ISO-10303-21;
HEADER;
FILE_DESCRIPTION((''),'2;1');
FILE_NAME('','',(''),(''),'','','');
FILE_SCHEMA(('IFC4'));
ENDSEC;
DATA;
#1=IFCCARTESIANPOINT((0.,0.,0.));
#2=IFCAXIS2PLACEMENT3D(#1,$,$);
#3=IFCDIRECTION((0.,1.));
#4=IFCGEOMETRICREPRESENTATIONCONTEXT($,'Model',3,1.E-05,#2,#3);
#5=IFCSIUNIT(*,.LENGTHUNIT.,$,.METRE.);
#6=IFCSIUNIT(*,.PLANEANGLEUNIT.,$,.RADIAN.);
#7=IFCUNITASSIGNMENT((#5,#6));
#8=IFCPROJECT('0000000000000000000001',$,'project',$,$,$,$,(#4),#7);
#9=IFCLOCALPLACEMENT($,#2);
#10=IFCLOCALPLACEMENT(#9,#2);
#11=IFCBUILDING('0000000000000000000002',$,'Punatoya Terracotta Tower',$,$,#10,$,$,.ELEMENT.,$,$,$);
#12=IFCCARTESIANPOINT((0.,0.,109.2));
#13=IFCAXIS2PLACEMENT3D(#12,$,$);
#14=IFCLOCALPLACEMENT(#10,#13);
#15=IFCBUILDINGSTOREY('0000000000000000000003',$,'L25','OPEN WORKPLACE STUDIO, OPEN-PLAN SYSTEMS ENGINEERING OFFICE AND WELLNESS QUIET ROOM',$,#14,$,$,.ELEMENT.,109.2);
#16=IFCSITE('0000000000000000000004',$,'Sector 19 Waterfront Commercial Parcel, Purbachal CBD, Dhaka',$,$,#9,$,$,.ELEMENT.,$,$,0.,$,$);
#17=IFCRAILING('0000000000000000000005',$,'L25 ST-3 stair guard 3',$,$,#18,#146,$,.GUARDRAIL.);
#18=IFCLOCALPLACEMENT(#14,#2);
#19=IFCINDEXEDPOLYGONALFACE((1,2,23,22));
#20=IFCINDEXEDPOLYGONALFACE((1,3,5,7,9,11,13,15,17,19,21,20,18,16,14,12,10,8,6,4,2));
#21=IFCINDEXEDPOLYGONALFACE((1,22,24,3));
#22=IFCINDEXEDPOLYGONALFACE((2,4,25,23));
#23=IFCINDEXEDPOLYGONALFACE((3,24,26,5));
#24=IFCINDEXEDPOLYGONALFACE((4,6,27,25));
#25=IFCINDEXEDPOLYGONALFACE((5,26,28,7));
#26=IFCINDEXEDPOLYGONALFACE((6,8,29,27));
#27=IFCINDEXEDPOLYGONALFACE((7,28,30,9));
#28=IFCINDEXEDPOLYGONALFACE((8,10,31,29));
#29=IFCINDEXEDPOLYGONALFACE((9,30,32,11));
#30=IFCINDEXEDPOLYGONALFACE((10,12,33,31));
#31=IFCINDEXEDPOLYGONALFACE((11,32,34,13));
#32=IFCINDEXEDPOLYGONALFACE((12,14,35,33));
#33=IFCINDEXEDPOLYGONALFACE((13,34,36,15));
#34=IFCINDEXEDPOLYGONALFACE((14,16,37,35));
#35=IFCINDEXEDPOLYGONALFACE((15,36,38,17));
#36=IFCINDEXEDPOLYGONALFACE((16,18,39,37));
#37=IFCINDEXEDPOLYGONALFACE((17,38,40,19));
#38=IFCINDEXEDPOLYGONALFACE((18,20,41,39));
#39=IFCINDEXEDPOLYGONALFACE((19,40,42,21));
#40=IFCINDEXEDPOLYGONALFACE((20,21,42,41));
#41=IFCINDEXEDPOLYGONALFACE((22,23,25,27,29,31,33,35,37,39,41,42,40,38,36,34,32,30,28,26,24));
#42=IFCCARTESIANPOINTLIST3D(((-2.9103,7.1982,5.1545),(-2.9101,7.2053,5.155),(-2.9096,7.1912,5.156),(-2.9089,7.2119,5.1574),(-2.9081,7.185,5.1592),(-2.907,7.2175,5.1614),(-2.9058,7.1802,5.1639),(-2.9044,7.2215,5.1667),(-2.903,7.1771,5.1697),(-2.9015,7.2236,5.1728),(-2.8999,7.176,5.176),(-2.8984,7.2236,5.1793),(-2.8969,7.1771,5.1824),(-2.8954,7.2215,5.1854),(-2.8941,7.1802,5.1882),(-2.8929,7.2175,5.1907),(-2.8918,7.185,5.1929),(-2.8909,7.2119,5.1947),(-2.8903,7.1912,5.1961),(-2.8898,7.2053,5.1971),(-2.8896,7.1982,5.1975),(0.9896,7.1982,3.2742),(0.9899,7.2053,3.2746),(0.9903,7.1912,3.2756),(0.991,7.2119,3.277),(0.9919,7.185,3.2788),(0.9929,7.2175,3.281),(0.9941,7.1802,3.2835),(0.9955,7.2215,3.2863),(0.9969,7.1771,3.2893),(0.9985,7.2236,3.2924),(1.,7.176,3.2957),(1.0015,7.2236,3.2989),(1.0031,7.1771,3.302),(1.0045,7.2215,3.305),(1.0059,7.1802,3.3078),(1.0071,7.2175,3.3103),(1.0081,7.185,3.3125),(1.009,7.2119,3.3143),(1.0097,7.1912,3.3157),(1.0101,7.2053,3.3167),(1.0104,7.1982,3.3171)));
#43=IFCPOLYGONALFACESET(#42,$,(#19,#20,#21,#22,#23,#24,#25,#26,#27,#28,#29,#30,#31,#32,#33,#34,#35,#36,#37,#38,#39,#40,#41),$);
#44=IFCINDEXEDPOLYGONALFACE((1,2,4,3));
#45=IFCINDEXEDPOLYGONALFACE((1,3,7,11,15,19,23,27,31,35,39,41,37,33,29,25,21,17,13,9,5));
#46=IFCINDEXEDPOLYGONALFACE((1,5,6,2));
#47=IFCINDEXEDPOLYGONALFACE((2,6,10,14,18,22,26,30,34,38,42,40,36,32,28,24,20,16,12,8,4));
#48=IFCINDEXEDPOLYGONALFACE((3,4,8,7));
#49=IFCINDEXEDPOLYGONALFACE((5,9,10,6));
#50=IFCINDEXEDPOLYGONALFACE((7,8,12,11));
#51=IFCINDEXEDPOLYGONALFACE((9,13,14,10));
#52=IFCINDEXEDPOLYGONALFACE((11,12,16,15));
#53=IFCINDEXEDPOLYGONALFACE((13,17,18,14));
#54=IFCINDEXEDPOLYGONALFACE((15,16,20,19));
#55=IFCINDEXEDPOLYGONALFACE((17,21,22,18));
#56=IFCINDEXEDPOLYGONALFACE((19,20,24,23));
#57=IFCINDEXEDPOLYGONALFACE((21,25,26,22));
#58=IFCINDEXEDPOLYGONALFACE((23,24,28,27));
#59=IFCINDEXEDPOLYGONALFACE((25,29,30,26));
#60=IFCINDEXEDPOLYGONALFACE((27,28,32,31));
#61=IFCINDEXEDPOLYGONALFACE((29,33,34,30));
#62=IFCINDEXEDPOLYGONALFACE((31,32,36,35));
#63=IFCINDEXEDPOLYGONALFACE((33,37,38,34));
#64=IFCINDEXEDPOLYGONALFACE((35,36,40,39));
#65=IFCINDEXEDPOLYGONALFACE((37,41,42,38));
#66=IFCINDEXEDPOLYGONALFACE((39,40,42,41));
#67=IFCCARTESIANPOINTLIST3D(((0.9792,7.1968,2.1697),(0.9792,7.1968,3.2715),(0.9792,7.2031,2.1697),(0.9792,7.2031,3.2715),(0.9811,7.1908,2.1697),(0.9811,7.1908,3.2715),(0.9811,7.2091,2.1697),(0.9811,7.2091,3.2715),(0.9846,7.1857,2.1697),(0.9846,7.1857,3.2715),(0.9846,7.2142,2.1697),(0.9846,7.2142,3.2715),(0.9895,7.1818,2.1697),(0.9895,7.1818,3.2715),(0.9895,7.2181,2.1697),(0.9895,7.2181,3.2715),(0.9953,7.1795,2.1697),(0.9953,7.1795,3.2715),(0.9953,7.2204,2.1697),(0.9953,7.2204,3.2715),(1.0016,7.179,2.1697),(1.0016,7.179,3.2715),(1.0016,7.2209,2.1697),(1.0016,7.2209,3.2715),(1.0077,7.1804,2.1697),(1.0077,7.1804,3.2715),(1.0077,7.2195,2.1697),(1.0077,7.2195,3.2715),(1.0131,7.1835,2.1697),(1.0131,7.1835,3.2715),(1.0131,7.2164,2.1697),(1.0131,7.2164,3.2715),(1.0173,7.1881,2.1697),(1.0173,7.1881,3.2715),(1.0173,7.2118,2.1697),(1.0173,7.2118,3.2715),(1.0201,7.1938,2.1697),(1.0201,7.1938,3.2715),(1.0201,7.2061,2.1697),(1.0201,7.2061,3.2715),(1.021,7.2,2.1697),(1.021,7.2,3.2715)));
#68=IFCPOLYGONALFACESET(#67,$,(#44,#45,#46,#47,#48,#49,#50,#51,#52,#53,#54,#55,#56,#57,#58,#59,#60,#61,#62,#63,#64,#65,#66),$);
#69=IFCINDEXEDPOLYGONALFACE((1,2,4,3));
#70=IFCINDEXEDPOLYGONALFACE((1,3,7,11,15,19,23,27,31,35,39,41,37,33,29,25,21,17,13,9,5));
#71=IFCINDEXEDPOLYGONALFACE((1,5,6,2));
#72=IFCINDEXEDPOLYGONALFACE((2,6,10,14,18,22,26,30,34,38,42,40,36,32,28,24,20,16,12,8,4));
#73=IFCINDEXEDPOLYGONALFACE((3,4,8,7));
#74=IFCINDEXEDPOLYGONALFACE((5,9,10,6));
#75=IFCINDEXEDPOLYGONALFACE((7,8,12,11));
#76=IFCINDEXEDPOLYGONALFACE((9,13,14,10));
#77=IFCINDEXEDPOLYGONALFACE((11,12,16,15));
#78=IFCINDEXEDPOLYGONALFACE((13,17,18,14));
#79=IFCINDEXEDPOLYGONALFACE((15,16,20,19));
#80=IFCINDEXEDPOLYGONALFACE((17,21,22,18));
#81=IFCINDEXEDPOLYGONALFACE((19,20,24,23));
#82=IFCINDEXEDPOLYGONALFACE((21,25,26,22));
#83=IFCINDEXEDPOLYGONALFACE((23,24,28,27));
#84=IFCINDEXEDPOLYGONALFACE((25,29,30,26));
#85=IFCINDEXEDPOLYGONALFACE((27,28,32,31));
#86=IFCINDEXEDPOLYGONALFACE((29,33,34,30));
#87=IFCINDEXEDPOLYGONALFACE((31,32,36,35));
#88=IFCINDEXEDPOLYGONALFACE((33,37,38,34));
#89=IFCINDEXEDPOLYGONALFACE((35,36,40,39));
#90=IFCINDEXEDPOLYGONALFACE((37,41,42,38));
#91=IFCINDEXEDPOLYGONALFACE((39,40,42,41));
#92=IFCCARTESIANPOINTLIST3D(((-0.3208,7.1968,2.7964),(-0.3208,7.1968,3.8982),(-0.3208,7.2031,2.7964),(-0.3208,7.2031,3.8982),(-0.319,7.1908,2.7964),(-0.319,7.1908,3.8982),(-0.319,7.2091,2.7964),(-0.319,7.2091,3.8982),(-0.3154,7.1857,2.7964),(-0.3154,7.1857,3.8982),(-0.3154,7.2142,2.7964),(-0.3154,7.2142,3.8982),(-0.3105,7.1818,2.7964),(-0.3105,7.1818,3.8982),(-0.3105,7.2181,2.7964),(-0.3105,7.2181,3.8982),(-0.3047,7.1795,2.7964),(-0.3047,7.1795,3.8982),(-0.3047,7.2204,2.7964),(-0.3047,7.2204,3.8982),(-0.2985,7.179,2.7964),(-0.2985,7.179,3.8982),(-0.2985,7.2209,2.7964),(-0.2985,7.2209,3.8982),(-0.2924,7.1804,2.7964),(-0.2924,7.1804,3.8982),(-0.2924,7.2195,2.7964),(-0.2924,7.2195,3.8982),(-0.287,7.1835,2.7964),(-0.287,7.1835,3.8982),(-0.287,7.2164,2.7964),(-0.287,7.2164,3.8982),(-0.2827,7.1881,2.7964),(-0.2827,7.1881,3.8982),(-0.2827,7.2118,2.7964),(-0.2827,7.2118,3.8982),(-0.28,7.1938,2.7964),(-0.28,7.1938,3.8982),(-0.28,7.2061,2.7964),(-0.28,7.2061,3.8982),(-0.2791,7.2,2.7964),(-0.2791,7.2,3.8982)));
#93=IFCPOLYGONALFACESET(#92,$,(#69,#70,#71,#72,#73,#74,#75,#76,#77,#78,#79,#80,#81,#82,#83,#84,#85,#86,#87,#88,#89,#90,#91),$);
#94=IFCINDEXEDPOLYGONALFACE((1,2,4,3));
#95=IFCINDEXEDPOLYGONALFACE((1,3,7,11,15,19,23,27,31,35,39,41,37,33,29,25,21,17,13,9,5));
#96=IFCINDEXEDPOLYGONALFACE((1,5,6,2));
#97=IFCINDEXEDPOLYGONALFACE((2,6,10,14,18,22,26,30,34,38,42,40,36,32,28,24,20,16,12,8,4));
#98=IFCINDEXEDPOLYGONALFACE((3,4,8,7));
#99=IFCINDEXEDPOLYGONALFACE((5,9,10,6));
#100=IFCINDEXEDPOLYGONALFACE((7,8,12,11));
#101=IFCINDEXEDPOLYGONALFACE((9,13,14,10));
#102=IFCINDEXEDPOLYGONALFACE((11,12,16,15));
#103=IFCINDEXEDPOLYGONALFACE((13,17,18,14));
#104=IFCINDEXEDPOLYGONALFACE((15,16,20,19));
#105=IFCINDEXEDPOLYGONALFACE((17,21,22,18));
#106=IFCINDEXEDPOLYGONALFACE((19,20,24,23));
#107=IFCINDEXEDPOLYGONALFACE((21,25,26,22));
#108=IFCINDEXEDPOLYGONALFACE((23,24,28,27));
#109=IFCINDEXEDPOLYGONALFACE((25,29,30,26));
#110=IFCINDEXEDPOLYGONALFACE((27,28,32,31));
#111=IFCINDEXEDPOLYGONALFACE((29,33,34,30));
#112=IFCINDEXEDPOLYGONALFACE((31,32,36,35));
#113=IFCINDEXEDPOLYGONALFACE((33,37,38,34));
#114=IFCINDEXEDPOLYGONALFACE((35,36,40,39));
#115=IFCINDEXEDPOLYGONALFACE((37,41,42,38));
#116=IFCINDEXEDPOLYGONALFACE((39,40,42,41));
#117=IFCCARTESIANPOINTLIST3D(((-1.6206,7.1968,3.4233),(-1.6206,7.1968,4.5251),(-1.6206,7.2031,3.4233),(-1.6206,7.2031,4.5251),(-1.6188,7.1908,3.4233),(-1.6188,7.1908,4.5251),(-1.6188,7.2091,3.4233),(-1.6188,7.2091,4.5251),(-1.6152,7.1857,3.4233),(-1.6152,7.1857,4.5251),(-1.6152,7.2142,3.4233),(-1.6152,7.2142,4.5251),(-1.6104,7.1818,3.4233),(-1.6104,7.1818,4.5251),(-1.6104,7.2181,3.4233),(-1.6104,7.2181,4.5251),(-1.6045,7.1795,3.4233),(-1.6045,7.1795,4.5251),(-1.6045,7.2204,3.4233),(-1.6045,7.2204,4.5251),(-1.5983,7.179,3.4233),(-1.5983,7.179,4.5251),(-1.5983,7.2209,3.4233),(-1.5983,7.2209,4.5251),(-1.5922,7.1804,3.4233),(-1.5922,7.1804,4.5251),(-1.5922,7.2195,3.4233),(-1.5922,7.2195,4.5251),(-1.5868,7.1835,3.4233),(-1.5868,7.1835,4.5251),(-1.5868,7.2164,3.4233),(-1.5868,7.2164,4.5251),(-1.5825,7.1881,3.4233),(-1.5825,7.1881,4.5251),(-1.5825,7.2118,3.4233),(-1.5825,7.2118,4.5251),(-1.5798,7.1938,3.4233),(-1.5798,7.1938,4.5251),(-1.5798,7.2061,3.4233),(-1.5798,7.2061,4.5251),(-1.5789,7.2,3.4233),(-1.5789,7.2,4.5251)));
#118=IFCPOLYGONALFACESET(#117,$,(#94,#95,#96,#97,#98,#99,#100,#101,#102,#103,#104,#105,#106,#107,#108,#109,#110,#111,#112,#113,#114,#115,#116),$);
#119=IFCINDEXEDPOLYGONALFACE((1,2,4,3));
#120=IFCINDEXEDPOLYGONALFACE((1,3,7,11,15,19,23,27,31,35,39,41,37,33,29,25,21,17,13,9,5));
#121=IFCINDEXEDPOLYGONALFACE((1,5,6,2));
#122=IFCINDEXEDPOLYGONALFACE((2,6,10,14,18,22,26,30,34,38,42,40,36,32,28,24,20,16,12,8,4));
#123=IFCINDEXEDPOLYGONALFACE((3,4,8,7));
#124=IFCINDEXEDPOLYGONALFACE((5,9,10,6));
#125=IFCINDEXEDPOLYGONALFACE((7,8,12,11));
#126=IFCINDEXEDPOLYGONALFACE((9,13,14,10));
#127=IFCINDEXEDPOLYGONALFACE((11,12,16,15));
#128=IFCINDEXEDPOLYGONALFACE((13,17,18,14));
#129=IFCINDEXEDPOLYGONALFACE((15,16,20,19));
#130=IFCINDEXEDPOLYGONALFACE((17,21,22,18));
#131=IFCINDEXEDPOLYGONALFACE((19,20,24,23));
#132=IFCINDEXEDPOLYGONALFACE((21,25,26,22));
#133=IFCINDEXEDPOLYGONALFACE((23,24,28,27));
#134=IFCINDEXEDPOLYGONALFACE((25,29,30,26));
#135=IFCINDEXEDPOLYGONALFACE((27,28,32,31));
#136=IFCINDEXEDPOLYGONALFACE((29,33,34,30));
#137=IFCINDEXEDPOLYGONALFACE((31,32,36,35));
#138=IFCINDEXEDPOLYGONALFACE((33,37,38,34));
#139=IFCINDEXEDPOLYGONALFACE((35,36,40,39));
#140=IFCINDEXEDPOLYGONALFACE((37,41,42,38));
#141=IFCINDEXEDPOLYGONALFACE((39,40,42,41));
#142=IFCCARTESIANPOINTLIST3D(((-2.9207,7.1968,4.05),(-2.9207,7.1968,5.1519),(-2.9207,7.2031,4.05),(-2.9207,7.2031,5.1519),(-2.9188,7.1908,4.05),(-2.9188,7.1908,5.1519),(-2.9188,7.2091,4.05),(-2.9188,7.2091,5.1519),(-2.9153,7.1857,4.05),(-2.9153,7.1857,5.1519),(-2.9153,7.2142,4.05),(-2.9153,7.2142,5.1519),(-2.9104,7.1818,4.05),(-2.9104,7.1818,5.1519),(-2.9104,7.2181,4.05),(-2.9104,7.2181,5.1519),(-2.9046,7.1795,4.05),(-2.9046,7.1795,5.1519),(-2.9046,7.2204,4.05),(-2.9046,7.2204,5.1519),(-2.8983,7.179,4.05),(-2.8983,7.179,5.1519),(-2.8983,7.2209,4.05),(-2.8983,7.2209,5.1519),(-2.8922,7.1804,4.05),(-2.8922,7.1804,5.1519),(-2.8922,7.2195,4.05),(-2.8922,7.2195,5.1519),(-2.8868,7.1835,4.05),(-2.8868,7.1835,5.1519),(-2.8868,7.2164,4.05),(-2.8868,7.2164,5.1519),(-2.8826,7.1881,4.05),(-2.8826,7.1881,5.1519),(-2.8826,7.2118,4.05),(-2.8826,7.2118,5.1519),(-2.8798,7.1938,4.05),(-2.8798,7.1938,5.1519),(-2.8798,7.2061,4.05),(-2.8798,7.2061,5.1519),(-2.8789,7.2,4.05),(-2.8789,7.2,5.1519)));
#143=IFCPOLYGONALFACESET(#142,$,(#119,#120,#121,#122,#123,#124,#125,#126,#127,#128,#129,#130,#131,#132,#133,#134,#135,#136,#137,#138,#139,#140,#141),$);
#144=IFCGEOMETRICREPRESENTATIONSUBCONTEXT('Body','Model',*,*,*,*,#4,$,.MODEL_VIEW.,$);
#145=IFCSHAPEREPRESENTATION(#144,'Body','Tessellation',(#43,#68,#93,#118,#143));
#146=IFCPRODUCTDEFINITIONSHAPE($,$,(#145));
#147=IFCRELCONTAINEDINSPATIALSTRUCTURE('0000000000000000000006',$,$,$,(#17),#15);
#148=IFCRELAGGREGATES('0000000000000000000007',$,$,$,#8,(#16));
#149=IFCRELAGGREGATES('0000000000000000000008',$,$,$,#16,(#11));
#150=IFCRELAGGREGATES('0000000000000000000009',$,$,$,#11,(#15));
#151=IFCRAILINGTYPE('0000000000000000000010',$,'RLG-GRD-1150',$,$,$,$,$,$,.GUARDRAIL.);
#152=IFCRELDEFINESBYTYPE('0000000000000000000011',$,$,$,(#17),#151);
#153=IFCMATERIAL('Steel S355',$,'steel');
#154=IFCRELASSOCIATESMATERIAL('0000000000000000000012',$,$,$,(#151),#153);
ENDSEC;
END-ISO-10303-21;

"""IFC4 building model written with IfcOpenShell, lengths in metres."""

from ifc_helpers import new_model, si_unit, direction, frame, origin, origin_2d, place, context, subcontext, project, spatial, circle, extrude, material, type_object, element, save


model = new_model("IFC4")

# Units and contexts
model_context = context("Model", 3, precision=1e-05, world=origin(), true_north=direction((0.0, 1.0)))
body_context = subcontext(model_context, "Body", "Model", "MODEL_VIEW")
ifc_project = project(units=[si_unit("LENGTHUNIT", "METRE"), si_unit("PLANEANGLEUNIT", "RADIAN")], contexts=[model_context])

# Site, building, storey
site_placement = place(None, origin())
site = spatial("IfcSite", under=ifc_project, at=site_placement, Name="Sector 19 Waterfront Commercial Parcel, Purbachal CBD, Dhaka", CompositionType="ELEMENT", RefElevation=0.0)
building_placement = place(site_placement, origin())
building = spatial("IfcBuilding", under=site, at=building_placement, Name="Punatoya Terracotta Tower", CompositionType="ELEMENT")
storey_placement = place(building_placement, frame((0.0, 0.0, 109.2)))
storey = spatial("IfcBuildingStorey", under=building, at=storey_placement, Name="L25", Description="OPEN WORKPLACE STUDIO, OPEN-PLAN SYSTEMS ENGINEERING OFFICE AND WELLNESS QUIET ROOM", CompositionType="ELEMENT", Elevation=109.2)

# Shared definitions
ifc_material_1 = material(Name="Steel S355", Category="steel")

# Railing
railing_type_1 = type_object("IfcRailingType", Name="RLG-GRD-1150", PredefinedType="GUARDRAIL", material=ifc_material_1)
railing_1_placement = place(storey_placement, frame((1.0, 7.2, 2.1697)))
element("IfcRailing", 1, at=railing_1_placement, inside=storey, type_object=railing_type_1, Name="L25 ST-3 stair guard 3", PredefinedType="GUARDRAIL", context=body_context, shape_type="SweptSolid", body=[
    extrude(circle(Radius=0.0239, at=origin_2d()), frame((0.0, 0.0, 1.126), z_axis=(-0.900763, 0.0, 0.434311), x_axis=(0.0, -1.0, 0.0)), (0.0, 0.0, 1.0), 4.3296),
    extrude(circle(Radius=0.021, at=origin_2d()), origin(), (0.0, 0.0, 1.0), 1.1018),
    extrude(circle(Radius=0.021, at=origin_2d()), frame((-1.3, 0.0, 0.6267)), (0.0, 0.0, 1.0), 1.1018),
    extrude(circle(Radius=0.021, at=origin_2d()), frame((-2.5999, 0.0, 1.2537)), (0.0, 0.0, 1.0), 1.1018),
    extrude(circle(Radius=0.021, at=origin_2d()), frame((-3.8999, 0.0, 1.8804)), (0.0, 0.0, 1.0), 1.1018),
])

save(model, "model.ifc")
